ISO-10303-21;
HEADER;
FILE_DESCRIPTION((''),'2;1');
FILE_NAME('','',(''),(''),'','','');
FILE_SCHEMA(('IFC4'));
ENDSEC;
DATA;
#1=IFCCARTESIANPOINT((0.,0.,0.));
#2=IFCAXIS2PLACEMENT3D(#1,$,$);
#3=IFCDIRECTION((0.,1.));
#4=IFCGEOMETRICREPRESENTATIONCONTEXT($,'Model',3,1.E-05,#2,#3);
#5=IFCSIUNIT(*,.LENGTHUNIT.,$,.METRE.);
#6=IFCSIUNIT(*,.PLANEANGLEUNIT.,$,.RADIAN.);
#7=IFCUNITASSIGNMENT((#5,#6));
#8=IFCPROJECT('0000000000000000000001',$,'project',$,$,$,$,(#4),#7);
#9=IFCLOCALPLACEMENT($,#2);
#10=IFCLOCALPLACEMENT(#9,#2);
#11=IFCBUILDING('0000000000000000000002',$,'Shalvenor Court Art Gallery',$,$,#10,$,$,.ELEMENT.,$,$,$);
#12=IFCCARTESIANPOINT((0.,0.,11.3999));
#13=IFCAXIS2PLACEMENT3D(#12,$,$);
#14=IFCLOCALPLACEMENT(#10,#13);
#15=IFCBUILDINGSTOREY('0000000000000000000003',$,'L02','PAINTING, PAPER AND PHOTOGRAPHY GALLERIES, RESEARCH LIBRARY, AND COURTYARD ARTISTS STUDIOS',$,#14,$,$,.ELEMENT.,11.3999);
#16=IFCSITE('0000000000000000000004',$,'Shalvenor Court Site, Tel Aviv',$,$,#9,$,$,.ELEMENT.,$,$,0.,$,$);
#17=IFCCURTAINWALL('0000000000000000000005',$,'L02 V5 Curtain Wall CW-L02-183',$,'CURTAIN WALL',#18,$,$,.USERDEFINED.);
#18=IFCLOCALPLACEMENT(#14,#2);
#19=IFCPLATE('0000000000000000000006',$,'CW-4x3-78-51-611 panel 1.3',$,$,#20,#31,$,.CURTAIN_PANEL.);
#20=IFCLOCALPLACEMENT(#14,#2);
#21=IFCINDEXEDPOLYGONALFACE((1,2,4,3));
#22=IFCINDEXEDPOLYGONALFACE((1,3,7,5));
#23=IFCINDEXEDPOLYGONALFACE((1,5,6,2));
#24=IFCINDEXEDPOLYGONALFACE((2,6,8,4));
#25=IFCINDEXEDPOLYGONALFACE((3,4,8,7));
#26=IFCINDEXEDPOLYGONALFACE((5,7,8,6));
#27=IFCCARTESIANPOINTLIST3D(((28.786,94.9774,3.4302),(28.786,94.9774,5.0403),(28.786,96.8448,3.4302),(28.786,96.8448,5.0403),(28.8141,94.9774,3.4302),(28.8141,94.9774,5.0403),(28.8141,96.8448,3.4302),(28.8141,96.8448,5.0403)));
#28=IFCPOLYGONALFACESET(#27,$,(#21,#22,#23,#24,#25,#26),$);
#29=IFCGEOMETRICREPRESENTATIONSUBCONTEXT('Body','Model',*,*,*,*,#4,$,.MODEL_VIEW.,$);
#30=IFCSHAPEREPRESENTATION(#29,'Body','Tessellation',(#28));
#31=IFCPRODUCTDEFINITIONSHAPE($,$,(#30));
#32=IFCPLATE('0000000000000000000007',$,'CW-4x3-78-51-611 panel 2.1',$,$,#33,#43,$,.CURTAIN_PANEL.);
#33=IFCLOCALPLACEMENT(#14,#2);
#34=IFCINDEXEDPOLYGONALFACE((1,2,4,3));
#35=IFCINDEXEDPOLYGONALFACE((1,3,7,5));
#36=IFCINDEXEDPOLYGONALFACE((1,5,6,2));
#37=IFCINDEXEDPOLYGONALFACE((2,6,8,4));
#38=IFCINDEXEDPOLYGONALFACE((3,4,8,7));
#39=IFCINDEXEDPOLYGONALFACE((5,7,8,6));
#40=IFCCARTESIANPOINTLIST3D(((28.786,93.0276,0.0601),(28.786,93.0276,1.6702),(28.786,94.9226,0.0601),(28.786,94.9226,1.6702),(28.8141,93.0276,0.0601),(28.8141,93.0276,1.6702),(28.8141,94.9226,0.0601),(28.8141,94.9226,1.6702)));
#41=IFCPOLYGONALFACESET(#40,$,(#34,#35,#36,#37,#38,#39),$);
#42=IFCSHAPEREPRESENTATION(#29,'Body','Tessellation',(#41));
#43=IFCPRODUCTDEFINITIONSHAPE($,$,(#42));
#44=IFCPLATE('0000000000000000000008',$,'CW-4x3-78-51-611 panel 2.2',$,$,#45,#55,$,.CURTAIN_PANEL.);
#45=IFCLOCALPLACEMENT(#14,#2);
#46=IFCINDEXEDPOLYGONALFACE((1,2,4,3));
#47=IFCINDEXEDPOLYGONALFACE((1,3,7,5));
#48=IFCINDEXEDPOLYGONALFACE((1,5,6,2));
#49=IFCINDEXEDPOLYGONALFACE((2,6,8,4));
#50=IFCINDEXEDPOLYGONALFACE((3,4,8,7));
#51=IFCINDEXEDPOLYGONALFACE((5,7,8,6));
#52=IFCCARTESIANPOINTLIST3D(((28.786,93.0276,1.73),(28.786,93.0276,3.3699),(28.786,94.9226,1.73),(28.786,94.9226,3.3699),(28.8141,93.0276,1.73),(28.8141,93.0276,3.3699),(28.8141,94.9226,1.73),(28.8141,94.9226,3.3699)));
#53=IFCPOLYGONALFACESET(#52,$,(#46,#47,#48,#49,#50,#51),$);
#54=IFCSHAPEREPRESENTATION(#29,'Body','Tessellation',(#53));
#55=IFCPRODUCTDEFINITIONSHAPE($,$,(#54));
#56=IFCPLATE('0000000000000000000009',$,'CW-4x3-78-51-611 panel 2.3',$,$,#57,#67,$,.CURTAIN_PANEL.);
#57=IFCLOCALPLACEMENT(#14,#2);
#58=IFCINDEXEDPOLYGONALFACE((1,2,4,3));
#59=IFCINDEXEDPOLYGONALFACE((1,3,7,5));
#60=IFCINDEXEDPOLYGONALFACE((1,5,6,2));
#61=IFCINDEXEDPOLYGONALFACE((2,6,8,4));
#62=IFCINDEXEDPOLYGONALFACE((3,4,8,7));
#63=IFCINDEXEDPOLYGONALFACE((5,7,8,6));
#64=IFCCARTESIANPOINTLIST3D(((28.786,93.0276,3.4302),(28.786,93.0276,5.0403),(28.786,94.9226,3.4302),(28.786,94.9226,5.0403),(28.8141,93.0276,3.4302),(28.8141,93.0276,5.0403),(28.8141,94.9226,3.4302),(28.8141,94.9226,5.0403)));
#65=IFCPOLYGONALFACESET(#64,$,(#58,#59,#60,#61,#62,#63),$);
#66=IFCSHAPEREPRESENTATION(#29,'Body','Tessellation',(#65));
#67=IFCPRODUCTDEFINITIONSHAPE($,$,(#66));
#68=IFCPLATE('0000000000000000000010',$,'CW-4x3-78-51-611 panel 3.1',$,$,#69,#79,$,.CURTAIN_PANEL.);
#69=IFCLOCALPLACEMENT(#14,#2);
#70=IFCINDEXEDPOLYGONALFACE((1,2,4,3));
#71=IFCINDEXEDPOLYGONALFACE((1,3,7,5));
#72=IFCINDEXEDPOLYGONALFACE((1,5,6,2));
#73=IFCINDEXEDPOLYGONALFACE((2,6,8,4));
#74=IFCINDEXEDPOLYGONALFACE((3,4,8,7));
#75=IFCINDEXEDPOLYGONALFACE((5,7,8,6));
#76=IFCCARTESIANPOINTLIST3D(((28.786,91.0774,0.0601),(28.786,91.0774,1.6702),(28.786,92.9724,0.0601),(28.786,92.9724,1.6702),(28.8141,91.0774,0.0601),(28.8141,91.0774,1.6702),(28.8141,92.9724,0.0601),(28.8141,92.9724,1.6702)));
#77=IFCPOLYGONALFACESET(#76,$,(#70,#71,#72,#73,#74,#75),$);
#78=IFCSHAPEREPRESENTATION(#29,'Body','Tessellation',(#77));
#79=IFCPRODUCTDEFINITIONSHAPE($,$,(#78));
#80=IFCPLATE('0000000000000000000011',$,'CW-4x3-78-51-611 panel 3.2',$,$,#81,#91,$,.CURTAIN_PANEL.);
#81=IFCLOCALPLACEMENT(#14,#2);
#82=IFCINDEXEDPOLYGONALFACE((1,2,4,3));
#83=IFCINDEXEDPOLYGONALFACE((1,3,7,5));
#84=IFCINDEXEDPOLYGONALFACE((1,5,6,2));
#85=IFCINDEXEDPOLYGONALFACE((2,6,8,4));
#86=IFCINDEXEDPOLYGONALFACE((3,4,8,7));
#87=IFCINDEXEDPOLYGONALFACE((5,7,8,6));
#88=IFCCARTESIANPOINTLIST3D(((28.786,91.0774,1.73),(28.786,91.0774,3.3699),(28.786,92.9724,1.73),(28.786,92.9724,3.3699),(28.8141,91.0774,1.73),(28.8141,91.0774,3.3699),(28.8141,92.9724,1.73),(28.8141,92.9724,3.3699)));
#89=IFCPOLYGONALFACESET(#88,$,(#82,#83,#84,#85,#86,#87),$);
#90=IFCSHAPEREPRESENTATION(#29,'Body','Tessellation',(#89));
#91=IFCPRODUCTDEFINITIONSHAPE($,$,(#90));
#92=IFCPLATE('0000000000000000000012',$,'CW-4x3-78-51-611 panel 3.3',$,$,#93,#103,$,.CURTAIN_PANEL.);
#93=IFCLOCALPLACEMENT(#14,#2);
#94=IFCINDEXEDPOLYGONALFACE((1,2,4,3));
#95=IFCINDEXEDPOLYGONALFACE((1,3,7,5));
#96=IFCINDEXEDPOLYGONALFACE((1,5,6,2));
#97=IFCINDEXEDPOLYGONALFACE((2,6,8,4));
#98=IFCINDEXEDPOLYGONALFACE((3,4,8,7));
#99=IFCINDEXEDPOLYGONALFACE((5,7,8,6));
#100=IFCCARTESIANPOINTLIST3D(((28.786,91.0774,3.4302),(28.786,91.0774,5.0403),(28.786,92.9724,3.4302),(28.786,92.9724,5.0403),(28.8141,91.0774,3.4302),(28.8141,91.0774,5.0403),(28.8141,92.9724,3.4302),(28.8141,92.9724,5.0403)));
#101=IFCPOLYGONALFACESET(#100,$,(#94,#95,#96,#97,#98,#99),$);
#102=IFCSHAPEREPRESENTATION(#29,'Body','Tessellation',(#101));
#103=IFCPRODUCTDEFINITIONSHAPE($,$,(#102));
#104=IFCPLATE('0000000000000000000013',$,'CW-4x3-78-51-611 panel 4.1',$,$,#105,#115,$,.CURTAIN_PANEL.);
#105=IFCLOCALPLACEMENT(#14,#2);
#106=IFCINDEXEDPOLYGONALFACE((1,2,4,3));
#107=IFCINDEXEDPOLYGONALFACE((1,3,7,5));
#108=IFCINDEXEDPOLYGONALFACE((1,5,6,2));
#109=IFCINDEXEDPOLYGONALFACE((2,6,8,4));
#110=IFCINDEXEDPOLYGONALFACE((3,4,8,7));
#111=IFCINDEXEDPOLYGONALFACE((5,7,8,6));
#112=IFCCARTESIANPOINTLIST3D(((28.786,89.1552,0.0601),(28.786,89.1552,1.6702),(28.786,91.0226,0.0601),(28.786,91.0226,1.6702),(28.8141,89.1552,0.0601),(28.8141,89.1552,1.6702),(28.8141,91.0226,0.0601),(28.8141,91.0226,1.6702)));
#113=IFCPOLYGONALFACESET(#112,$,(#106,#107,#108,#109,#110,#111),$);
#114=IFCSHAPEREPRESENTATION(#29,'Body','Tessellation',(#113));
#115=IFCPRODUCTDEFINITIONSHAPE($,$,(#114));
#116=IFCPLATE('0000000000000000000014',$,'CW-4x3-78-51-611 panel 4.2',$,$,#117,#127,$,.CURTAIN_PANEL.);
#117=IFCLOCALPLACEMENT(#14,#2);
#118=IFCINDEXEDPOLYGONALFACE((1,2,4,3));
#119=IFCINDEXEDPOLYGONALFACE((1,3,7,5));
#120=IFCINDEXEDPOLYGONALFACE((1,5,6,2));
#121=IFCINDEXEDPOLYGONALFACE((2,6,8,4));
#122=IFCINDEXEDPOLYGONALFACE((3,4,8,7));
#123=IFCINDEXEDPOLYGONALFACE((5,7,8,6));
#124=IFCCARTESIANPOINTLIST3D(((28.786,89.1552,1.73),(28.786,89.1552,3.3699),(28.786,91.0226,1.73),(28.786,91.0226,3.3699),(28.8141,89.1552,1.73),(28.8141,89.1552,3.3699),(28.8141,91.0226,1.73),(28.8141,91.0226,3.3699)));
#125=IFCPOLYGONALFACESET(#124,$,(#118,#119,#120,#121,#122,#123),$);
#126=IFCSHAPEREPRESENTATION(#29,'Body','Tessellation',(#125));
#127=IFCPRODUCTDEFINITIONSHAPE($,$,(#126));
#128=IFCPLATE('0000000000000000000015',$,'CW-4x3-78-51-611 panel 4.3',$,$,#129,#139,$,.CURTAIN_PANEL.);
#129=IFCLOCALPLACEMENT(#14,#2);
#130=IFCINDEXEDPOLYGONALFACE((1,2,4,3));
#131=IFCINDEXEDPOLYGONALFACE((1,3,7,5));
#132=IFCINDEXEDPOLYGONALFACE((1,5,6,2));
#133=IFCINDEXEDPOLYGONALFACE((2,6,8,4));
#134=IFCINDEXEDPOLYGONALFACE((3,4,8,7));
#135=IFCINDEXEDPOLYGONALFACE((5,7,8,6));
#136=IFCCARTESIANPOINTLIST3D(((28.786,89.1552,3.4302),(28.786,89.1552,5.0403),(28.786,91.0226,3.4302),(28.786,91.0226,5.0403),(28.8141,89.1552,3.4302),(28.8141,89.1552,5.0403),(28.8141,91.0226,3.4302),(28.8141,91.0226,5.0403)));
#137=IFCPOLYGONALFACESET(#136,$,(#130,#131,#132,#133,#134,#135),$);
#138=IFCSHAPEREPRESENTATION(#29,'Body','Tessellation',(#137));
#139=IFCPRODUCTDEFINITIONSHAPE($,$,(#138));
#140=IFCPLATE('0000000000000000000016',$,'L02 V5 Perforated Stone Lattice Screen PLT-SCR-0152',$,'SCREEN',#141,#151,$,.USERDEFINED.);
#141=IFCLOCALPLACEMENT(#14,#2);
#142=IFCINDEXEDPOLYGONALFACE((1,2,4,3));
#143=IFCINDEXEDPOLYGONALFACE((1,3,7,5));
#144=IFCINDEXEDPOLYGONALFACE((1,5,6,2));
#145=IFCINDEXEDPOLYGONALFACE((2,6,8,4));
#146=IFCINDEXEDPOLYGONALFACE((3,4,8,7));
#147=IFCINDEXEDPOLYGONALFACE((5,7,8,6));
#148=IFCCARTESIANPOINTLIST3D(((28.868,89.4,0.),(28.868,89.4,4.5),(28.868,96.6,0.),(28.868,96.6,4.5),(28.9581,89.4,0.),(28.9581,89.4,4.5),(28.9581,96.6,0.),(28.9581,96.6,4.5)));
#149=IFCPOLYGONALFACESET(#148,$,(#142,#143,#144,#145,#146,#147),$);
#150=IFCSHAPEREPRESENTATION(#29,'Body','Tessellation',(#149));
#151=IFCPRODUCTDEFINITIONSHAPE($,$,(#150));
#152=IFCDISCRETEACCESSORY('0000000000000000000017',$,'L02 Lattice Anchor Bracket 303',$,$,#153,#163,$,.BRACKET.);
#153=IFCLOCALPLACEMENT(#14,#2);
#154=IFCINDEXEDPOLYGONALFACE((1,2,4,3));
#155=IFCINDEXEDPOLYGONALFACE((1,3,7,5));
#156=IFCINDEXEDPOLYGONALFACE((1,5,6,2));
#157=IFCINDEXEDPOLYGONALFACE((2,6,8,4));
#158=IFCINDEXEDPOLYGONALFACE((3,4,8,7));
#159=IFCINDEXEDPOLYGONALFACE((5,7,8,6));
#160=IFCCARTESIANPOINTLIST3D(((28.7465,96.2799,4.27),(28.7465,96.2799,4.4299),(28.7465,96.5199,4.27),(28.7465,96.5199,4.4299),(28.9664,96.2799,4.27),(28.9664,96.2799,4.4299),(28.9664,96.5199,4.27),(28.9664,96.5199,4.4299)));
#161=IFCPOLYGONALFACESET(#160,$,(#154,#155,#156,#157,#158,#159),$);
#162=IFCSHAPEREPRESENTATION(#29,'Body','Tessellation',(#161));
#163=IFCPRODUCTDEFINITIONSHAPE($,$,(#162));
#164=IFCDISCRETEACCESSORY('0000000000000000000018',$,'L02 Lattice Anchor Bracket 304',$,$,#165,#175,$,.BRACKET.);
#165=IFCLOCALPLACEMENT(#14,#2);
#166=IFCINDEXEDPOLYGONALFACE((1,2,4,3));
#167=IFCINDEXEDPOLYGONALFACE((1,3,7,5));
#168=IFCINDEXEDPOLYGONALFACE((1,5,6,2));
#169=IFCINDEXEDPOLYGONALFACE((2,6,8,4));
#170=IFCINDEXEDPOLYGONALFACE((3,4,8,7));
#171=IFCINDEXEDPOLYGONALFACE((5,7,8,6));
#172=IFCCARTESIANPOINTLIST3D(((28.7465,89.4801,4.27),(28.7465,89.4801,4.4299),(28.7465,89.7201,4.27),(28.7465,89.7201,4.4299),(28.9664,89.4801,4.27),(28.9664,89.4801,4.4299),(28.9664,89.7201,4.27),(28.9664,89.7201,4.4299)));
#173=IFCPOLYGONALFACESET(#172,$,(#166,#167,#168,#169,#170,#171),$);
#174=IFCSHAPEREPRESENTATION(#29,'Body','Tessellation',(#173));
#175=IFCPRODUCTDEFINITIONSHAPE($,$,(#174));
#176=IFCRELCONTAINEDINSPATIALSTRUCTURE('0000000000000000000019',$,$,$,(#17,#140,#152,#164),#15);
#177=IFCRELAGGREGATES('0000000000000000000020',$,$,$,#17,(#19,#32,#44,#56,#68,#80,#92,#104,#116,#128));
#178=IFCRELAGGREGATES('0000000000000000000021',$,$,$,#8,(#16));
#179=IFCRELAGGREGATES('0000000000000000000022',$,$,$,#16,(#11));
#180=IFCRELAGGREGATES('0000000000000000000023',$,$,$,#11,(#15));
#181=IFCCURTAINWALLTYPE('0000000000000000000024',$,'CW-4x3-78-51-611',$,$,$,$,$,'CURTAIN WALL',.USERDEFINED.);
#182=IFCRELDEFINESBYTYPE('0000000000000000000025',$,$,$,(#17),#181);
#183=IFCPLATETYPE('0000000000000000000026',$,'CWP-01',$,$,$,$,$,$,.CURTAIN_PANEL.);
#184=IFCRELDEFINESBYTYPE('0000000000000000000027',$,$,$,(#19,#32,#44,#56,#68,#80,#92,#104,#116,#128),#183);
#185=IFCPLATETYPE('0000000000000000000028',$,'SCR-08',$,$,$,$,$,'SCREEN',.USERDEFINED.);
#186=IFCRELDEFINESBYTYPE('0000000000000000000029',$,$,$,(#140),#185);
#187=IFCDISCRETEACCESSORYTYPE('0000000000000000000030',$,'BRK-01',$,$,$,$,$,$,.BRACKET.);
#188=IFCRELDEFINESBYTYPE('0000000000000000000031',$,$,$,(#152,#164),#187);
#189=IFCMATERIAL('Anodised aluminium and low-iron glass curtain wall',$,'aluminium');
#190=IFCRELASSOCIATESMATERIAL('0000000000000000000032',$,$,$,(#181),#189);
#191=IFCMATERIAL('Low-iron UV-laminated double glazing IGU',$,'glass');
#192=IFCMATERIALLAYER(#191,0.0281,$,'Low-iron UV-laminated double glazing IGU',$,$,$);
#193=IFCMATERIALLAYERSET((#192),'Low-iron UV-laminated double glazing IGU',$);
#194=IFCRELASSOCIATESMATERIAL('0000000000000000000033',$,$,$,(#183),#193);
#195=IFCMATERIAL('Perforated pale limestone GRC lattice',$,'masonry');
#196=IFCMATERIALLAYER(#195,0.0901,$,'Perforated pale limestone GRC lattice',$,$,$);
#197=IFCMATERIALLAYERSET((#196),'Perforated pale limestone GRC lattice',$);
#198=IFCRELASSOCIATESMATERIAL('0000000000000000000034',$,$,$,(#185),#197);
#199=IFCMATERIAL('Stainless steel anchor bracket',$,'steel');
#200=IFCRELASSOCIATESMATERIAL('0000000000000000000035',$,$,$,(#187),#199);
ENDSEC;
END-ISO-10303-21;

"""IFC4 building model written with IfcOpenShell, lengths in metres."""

from ifc_helpers import new_model, si_unit, direction, frame, origin, origin_2d, place, context, subcontext, project, spatial, rectangle, extrude, material, layer, layer_set, type_object, element, aggregate, save


model = new_model("IFC4")

# Units and contexts
model_context = context("Model", 3, precision=1e-05, world=origin(), true_north=direction((0.0, 1.0)))
body_context = subcontext(model_context, "Body", "Model", "MODEL_VIEW")
ifc_project = project(units=[si_unit("LENGTHUNIT", "METRE"), si_unit("PLANEANGLEUNIT", "RADIAN")], contexts=[model_context])

# Site, building, storey
site_placement = place(None, origin())
site = spatial("IfcSite", under=ifc_project, at=site_placement, Name="Shalvenor Court Site, Tel Aviv", CompositionType="ELEMENT", RefElevation=0.0)
building_placement = place(site_placement, origin())
building = spatial("IfcBuilding", under=site, at=building_placement, Name="Shalvenor Court Art Gallery", CompositionType="ELEMENT")
storey_placement = place(building_placement, frame((0.0, 0.0, 11.3999)))
storey = spatial("IfcBuildingStorey", under=building, at=storey_placement, Name="L02", Description="PAINTING, PAPER AND PHOTOGRAPHY GALLERIES, RESEARCH LIBRARY, AND COURTYARD ARTISTS STUDIOS", CompositionType="ELEMENT", Elevation=11.3999)

# Curtain wall, plates
ifc_material_1 = material(Name="Anodised aluminium and low-iron glass curtain wall", Category="aluminium")
curtain_wall_type = type_object("IfcCurtainWallType", Name="CW-4x3-78-51-611", ElementType="CURTAIN WALL", PredefinedType="USERDEFINED", material=ifc_material_1)
curtain_wall_placement = place(storey_placement, origin())
curtain_wall = element("IfcCurtainWall", 1, at=curtain_wall_placement, inside=storey, type_object=curtain_wall_type, Name="L02 V5 Curtain Wall CW-L02-183", ObjectType="CURTAIN WALL", PredefinedType="USERDEFINED")
ifc_material_2 = material(Name="Low-iron UV-laminated double glazing IGU", Category="glass")
ifc_layer_1 = layer(ifc_material_2, 0.0281, Name="Low-iron UV-laminated double glazing IGU")
ifc_layer_set_1 = layer_set([ifc_layer_1], Name="Low-iron UV-laminated double glazing IGU")
plate_type_1 = type_object("IfcPlateType", Name="CWP-01", PredefinedType="CURTAIN_PANEL", material=ifc_layer_set_1)
plate_1_placement = place(storey_placement, frame((28.8, 95.9111, 3.4302), z_axis=(0.0, 0.0, 1.0), x_axis=(0.0, -1.0, 0.0)))
plate_1 = element("IfcPlate", 2, at=plate_1_placement, type_object=plate_type_1, Name="CW-4x3-78-51-611 panel 1.3", PredefinedType="CURTAIN_PANEL", context=body_context, shape_type="SweptSolid", body=[
    extrude(rectangle(XDim=1.8674, YDim=0.0281, at=origin_2d()), origin(), (0.0, 0.0, 1.0), 1.6101),
])
plate_2_placement = place(storey_placement, frame((28.8, 93.9751, 0.0601), z_axis=(0.0, 0.0, 1.0), x_axis=(0.0, -1.0, 0.0)))
plate_2 = element("IfcPlate", 3, at=plate_2_placement, type_object=plate_type_1, Name="CW-4x3-78-51-611 panel 2.1", PredefinedType="CURTAIN_PANEL", context=body_context, shape_type="SweptSolid", body=[
    extrude(rectangle(XDim=1.895, YDim=0.0281, at=origin_2d()), origin(), (0.0, 0.0, 1.0), 1.6101),
])
plate_3_placement = place(storey_placement, frame((28.8, 93.9751, 1.73), z_axis=(0.0, 0.0, 1.0), x_axis=(0.0, -1.0, 0.0)))
plate_3 = element("IfcPlate", 4, at=plate_3_placement, type_object=plate_type_1, Name="CW-4x3-78-51-611 panel 2.2", PredefinedType="CURTAIN_PANEL", context=body_context, shape_type="SweptSolid", body=[
    extrude(rectangle(XDim=1.895, YDim=0.0281, at=origin_2d()), origin(), (0.0, 0.0, 1.0), 1.6399),
])
plate_4_placement = place(storey_placement, frame((28.8, 93.9751, 3.4302), z_axis=(0.0, 0.0, 1.0), x_axis=(0.0, -1.0, 0.0)))
plate_4 = element("IfcPlate", 5, at=plate_4_placement, type_object=plate_type_1, Name="CW-4x3-78-51-611 panel 2.3", PredefinedType="CURTAIN_PANEL", context=body_context, shape_type="SweptSolid", body=[
    extrude(rectangle(XDim=1.895, YDim=0.0281, at=origin_2d()), origin(), (0.0, 0.0, 1.0), 1.6101),
])
plate_5_placement = place(storey_placement, frame((28.8, 92.0249, 0.0601), z_axis=(0.0, 0.0, 1.0), x_axis=(0.0, -1.0, 0.0)))
plate_5 = element("IfcPlate", 6, at=plate_5_placement, type_object=plate_type_1, Name="CW-4x3-78-51-611 panel 3.1", PredefinedType="CURTAIN_PANEL", context=body_context, shape_type="SweptSolid", body=[
    extrude(rectangle(XDim=1.895, YDim=0.0281, at=origin_2d()), origin(), (0.0, 0.0, 1.0), 1.6101),
])
plate_6_placement = place(storey_placement, frame((28.8, 92.0249, 1.73), z_axis=(0.0, 0.0, 1.0), x_axis=(0.0, -1.0, 0.0)))
plate_6 = element("IfcPlate", 7, at=plate_6_placement, type_object=plate_type_1, Name="CW-4x3-78-51-611 panel 3.2", PredefinedType="CURTAIN_PANEL", context=body_context, shape_type="SweptSolid", body=[
    extrude(rectangle(XDim=1.895, YDim=0.0281, at=origin_2d()), origin(), (0.0, 0.0, 1.0), 1.6399),
])
plate_7_placement = place(storey_placement, frame((28.8, 92.0249, 3.4302), z_axis=(0.0, 0.0, 1.0), x_axis=(0.0, -1.0, 0.0)))
plate_7 = element("IfcPlate", 8, at=plate_7_placement, type_object=plate_type_1, Name="CW-4x3-78-51-611 panel 3.3", PredefinedType="CURTAIN_PANEL", context=body_context, shape_type="SweptSolid", body=[
    extrude(rectangle(XDim=1.895, YDim=0.0281, at=origin_2d()), origin(), (0.0, 0.0, 1.0), 1.6101),
])
plate_8_placement = place(storey_placement, frame((28.8, 90.0889, 0.0601), z_axis=(0.0, 0.0, 1.0), x_axis=(0.0, -1.0, 0.0)))
plate_8 = element("IfcPlate", 9, at=plate_8_placement, type_object=plate_type_1, Name="CW-4x3-78-51-611 panel 4.1", PredefinedType="CURTAIN_PANEL", context=body_context, shape_type="SweptSolid", body=[
    extrude(rectangle(XDim=1.8674, YDim=0.0281, at=origin_2d()), origin(), (0.0, 0.0, 1.0), 1.6101),
])
plate_9_placement = place(storey_placement, frame((28.8, 90.0889, 1.73), z_axis=(0.0, 0.0, 1.0), x_axis=(0.0, -1.0, 0.0)))
plate_9 = element("IfcPlate", 10, at=plate_9_placement, type_object=plate_type_1, Name="CW-4x3-78-51-611 panel 4.2", PredefinedType="CURTAIN_PANEL", context=body_context, shape_type="SweptSolid", body=[
    extrude(rectangle(XDim=1.8674, YDim=0.0281, at=origin_2d()), origin(), (0.0, 0.0, 1.0), 1.6399),
])
plate_10_placement = place(storey_placement, frame((28.8, 90.0889, 3.4302), z_axis=(0.0, 0.0, 1.0), x_axis=(0.0, -1.0, 0.0)))
plate_10 = element("IfcPlate", 11, at=plate_10_placement, type_object=plate_type_1, Name="CW-4x3-78-51-611 panel 4.3", PredefinedType="CURTAIN_PANEL", context=body_context, shape_type="SweptSolid", body=[
    extrude(rectangle(XDim=1.8674, YDim=0.0281, at=origin_2d()), origin(), (0.0, 0.0, 1.0), 1.6101),
])
aggregate(curtain_wall, [plate_1, plate_2, plate_3, plate_4, plate_5, plate_6, plate_7, plate_8, plate_9, plate_10])

# Plate
ifc_material_3 = material(Name="Perforated pale limestone GRC lattice", Category="masonry")
ifc_layer_2 = layer(ifc_material_3, 0.0901, Name="Perforated pale limestone GRC lattice")
ifc_layer_set_2 = layer_set([ifc_layer_2], Name="Perforated pale limestone GRC lattice")
plate_type_2 = type_object("IfcPlateType", Name="SCR-08", ElementType="SCREEN", PredefinedType="USERDEFINED", material=ifc_layer_set_2)
plate_11_placement = place(storey_placement, frame((28.9131, 93.0, 0.0), z_axis=(0.0, 0.0, 1.0), x_axis=(0.0, -1.0, 0.0)))
element("IfcPlate", 12, at=plate_11_placement, inside=storey, type_object=plate_type_2, Name="L02 V5 Perforated Stone Lattice Screen PLT-SCR-0152", ObjectType="SCREEN", PredefinedType="USERDEFINED", context=body_context, shape_type="SweptSolid", body=[
    extrude(rectangle(XDim=7.2, YDim=0.0901, at=origin_2d()), origin(), (0.0, 0.0, 1.0), 4.5),
])

# Discrete accessories
ifc_material_4 = material(Name="Stainless steel anchor bracket", Category="steel")
discrete_accessory_type = type_object("IfcDiscreteAccessoryType", Name="BRK-01", PredefinedType="BRACKET", material=ifc_material_4)
for number, where, z_axis, x_axis, name in (
    (13, (28.8564, 96.3999, 4.27), (0.0, 0.0, 1.0), (0.0, -1.0, 0.0), "L02 Lattice Anchor Bracket 303"),
    (14, (28.8564, 89.6001, 4.27), (0.0, 0.0, 1.0), (0.0, -1.0, 0.0), "L02 Lattice Anchor Bracket 304"),
):
    element("IfcDiscreteAccessory", number, at=place(storey_placement, frame(where, z_axis=z_axis, x_axis=x_axis)), inside=storey, type_object=discrete_accessory_type, Name=name, PredefinedType="BRACKET", context=body_context, shape_type="SweptSolid", body=[
        extrude(rectangle(XDim=0.24, YDim=0.22, at=origin_2d()), origin(), (0.0, 0.0, 1.0), 0.1599),
    ])

save(model, "model.ifc")
